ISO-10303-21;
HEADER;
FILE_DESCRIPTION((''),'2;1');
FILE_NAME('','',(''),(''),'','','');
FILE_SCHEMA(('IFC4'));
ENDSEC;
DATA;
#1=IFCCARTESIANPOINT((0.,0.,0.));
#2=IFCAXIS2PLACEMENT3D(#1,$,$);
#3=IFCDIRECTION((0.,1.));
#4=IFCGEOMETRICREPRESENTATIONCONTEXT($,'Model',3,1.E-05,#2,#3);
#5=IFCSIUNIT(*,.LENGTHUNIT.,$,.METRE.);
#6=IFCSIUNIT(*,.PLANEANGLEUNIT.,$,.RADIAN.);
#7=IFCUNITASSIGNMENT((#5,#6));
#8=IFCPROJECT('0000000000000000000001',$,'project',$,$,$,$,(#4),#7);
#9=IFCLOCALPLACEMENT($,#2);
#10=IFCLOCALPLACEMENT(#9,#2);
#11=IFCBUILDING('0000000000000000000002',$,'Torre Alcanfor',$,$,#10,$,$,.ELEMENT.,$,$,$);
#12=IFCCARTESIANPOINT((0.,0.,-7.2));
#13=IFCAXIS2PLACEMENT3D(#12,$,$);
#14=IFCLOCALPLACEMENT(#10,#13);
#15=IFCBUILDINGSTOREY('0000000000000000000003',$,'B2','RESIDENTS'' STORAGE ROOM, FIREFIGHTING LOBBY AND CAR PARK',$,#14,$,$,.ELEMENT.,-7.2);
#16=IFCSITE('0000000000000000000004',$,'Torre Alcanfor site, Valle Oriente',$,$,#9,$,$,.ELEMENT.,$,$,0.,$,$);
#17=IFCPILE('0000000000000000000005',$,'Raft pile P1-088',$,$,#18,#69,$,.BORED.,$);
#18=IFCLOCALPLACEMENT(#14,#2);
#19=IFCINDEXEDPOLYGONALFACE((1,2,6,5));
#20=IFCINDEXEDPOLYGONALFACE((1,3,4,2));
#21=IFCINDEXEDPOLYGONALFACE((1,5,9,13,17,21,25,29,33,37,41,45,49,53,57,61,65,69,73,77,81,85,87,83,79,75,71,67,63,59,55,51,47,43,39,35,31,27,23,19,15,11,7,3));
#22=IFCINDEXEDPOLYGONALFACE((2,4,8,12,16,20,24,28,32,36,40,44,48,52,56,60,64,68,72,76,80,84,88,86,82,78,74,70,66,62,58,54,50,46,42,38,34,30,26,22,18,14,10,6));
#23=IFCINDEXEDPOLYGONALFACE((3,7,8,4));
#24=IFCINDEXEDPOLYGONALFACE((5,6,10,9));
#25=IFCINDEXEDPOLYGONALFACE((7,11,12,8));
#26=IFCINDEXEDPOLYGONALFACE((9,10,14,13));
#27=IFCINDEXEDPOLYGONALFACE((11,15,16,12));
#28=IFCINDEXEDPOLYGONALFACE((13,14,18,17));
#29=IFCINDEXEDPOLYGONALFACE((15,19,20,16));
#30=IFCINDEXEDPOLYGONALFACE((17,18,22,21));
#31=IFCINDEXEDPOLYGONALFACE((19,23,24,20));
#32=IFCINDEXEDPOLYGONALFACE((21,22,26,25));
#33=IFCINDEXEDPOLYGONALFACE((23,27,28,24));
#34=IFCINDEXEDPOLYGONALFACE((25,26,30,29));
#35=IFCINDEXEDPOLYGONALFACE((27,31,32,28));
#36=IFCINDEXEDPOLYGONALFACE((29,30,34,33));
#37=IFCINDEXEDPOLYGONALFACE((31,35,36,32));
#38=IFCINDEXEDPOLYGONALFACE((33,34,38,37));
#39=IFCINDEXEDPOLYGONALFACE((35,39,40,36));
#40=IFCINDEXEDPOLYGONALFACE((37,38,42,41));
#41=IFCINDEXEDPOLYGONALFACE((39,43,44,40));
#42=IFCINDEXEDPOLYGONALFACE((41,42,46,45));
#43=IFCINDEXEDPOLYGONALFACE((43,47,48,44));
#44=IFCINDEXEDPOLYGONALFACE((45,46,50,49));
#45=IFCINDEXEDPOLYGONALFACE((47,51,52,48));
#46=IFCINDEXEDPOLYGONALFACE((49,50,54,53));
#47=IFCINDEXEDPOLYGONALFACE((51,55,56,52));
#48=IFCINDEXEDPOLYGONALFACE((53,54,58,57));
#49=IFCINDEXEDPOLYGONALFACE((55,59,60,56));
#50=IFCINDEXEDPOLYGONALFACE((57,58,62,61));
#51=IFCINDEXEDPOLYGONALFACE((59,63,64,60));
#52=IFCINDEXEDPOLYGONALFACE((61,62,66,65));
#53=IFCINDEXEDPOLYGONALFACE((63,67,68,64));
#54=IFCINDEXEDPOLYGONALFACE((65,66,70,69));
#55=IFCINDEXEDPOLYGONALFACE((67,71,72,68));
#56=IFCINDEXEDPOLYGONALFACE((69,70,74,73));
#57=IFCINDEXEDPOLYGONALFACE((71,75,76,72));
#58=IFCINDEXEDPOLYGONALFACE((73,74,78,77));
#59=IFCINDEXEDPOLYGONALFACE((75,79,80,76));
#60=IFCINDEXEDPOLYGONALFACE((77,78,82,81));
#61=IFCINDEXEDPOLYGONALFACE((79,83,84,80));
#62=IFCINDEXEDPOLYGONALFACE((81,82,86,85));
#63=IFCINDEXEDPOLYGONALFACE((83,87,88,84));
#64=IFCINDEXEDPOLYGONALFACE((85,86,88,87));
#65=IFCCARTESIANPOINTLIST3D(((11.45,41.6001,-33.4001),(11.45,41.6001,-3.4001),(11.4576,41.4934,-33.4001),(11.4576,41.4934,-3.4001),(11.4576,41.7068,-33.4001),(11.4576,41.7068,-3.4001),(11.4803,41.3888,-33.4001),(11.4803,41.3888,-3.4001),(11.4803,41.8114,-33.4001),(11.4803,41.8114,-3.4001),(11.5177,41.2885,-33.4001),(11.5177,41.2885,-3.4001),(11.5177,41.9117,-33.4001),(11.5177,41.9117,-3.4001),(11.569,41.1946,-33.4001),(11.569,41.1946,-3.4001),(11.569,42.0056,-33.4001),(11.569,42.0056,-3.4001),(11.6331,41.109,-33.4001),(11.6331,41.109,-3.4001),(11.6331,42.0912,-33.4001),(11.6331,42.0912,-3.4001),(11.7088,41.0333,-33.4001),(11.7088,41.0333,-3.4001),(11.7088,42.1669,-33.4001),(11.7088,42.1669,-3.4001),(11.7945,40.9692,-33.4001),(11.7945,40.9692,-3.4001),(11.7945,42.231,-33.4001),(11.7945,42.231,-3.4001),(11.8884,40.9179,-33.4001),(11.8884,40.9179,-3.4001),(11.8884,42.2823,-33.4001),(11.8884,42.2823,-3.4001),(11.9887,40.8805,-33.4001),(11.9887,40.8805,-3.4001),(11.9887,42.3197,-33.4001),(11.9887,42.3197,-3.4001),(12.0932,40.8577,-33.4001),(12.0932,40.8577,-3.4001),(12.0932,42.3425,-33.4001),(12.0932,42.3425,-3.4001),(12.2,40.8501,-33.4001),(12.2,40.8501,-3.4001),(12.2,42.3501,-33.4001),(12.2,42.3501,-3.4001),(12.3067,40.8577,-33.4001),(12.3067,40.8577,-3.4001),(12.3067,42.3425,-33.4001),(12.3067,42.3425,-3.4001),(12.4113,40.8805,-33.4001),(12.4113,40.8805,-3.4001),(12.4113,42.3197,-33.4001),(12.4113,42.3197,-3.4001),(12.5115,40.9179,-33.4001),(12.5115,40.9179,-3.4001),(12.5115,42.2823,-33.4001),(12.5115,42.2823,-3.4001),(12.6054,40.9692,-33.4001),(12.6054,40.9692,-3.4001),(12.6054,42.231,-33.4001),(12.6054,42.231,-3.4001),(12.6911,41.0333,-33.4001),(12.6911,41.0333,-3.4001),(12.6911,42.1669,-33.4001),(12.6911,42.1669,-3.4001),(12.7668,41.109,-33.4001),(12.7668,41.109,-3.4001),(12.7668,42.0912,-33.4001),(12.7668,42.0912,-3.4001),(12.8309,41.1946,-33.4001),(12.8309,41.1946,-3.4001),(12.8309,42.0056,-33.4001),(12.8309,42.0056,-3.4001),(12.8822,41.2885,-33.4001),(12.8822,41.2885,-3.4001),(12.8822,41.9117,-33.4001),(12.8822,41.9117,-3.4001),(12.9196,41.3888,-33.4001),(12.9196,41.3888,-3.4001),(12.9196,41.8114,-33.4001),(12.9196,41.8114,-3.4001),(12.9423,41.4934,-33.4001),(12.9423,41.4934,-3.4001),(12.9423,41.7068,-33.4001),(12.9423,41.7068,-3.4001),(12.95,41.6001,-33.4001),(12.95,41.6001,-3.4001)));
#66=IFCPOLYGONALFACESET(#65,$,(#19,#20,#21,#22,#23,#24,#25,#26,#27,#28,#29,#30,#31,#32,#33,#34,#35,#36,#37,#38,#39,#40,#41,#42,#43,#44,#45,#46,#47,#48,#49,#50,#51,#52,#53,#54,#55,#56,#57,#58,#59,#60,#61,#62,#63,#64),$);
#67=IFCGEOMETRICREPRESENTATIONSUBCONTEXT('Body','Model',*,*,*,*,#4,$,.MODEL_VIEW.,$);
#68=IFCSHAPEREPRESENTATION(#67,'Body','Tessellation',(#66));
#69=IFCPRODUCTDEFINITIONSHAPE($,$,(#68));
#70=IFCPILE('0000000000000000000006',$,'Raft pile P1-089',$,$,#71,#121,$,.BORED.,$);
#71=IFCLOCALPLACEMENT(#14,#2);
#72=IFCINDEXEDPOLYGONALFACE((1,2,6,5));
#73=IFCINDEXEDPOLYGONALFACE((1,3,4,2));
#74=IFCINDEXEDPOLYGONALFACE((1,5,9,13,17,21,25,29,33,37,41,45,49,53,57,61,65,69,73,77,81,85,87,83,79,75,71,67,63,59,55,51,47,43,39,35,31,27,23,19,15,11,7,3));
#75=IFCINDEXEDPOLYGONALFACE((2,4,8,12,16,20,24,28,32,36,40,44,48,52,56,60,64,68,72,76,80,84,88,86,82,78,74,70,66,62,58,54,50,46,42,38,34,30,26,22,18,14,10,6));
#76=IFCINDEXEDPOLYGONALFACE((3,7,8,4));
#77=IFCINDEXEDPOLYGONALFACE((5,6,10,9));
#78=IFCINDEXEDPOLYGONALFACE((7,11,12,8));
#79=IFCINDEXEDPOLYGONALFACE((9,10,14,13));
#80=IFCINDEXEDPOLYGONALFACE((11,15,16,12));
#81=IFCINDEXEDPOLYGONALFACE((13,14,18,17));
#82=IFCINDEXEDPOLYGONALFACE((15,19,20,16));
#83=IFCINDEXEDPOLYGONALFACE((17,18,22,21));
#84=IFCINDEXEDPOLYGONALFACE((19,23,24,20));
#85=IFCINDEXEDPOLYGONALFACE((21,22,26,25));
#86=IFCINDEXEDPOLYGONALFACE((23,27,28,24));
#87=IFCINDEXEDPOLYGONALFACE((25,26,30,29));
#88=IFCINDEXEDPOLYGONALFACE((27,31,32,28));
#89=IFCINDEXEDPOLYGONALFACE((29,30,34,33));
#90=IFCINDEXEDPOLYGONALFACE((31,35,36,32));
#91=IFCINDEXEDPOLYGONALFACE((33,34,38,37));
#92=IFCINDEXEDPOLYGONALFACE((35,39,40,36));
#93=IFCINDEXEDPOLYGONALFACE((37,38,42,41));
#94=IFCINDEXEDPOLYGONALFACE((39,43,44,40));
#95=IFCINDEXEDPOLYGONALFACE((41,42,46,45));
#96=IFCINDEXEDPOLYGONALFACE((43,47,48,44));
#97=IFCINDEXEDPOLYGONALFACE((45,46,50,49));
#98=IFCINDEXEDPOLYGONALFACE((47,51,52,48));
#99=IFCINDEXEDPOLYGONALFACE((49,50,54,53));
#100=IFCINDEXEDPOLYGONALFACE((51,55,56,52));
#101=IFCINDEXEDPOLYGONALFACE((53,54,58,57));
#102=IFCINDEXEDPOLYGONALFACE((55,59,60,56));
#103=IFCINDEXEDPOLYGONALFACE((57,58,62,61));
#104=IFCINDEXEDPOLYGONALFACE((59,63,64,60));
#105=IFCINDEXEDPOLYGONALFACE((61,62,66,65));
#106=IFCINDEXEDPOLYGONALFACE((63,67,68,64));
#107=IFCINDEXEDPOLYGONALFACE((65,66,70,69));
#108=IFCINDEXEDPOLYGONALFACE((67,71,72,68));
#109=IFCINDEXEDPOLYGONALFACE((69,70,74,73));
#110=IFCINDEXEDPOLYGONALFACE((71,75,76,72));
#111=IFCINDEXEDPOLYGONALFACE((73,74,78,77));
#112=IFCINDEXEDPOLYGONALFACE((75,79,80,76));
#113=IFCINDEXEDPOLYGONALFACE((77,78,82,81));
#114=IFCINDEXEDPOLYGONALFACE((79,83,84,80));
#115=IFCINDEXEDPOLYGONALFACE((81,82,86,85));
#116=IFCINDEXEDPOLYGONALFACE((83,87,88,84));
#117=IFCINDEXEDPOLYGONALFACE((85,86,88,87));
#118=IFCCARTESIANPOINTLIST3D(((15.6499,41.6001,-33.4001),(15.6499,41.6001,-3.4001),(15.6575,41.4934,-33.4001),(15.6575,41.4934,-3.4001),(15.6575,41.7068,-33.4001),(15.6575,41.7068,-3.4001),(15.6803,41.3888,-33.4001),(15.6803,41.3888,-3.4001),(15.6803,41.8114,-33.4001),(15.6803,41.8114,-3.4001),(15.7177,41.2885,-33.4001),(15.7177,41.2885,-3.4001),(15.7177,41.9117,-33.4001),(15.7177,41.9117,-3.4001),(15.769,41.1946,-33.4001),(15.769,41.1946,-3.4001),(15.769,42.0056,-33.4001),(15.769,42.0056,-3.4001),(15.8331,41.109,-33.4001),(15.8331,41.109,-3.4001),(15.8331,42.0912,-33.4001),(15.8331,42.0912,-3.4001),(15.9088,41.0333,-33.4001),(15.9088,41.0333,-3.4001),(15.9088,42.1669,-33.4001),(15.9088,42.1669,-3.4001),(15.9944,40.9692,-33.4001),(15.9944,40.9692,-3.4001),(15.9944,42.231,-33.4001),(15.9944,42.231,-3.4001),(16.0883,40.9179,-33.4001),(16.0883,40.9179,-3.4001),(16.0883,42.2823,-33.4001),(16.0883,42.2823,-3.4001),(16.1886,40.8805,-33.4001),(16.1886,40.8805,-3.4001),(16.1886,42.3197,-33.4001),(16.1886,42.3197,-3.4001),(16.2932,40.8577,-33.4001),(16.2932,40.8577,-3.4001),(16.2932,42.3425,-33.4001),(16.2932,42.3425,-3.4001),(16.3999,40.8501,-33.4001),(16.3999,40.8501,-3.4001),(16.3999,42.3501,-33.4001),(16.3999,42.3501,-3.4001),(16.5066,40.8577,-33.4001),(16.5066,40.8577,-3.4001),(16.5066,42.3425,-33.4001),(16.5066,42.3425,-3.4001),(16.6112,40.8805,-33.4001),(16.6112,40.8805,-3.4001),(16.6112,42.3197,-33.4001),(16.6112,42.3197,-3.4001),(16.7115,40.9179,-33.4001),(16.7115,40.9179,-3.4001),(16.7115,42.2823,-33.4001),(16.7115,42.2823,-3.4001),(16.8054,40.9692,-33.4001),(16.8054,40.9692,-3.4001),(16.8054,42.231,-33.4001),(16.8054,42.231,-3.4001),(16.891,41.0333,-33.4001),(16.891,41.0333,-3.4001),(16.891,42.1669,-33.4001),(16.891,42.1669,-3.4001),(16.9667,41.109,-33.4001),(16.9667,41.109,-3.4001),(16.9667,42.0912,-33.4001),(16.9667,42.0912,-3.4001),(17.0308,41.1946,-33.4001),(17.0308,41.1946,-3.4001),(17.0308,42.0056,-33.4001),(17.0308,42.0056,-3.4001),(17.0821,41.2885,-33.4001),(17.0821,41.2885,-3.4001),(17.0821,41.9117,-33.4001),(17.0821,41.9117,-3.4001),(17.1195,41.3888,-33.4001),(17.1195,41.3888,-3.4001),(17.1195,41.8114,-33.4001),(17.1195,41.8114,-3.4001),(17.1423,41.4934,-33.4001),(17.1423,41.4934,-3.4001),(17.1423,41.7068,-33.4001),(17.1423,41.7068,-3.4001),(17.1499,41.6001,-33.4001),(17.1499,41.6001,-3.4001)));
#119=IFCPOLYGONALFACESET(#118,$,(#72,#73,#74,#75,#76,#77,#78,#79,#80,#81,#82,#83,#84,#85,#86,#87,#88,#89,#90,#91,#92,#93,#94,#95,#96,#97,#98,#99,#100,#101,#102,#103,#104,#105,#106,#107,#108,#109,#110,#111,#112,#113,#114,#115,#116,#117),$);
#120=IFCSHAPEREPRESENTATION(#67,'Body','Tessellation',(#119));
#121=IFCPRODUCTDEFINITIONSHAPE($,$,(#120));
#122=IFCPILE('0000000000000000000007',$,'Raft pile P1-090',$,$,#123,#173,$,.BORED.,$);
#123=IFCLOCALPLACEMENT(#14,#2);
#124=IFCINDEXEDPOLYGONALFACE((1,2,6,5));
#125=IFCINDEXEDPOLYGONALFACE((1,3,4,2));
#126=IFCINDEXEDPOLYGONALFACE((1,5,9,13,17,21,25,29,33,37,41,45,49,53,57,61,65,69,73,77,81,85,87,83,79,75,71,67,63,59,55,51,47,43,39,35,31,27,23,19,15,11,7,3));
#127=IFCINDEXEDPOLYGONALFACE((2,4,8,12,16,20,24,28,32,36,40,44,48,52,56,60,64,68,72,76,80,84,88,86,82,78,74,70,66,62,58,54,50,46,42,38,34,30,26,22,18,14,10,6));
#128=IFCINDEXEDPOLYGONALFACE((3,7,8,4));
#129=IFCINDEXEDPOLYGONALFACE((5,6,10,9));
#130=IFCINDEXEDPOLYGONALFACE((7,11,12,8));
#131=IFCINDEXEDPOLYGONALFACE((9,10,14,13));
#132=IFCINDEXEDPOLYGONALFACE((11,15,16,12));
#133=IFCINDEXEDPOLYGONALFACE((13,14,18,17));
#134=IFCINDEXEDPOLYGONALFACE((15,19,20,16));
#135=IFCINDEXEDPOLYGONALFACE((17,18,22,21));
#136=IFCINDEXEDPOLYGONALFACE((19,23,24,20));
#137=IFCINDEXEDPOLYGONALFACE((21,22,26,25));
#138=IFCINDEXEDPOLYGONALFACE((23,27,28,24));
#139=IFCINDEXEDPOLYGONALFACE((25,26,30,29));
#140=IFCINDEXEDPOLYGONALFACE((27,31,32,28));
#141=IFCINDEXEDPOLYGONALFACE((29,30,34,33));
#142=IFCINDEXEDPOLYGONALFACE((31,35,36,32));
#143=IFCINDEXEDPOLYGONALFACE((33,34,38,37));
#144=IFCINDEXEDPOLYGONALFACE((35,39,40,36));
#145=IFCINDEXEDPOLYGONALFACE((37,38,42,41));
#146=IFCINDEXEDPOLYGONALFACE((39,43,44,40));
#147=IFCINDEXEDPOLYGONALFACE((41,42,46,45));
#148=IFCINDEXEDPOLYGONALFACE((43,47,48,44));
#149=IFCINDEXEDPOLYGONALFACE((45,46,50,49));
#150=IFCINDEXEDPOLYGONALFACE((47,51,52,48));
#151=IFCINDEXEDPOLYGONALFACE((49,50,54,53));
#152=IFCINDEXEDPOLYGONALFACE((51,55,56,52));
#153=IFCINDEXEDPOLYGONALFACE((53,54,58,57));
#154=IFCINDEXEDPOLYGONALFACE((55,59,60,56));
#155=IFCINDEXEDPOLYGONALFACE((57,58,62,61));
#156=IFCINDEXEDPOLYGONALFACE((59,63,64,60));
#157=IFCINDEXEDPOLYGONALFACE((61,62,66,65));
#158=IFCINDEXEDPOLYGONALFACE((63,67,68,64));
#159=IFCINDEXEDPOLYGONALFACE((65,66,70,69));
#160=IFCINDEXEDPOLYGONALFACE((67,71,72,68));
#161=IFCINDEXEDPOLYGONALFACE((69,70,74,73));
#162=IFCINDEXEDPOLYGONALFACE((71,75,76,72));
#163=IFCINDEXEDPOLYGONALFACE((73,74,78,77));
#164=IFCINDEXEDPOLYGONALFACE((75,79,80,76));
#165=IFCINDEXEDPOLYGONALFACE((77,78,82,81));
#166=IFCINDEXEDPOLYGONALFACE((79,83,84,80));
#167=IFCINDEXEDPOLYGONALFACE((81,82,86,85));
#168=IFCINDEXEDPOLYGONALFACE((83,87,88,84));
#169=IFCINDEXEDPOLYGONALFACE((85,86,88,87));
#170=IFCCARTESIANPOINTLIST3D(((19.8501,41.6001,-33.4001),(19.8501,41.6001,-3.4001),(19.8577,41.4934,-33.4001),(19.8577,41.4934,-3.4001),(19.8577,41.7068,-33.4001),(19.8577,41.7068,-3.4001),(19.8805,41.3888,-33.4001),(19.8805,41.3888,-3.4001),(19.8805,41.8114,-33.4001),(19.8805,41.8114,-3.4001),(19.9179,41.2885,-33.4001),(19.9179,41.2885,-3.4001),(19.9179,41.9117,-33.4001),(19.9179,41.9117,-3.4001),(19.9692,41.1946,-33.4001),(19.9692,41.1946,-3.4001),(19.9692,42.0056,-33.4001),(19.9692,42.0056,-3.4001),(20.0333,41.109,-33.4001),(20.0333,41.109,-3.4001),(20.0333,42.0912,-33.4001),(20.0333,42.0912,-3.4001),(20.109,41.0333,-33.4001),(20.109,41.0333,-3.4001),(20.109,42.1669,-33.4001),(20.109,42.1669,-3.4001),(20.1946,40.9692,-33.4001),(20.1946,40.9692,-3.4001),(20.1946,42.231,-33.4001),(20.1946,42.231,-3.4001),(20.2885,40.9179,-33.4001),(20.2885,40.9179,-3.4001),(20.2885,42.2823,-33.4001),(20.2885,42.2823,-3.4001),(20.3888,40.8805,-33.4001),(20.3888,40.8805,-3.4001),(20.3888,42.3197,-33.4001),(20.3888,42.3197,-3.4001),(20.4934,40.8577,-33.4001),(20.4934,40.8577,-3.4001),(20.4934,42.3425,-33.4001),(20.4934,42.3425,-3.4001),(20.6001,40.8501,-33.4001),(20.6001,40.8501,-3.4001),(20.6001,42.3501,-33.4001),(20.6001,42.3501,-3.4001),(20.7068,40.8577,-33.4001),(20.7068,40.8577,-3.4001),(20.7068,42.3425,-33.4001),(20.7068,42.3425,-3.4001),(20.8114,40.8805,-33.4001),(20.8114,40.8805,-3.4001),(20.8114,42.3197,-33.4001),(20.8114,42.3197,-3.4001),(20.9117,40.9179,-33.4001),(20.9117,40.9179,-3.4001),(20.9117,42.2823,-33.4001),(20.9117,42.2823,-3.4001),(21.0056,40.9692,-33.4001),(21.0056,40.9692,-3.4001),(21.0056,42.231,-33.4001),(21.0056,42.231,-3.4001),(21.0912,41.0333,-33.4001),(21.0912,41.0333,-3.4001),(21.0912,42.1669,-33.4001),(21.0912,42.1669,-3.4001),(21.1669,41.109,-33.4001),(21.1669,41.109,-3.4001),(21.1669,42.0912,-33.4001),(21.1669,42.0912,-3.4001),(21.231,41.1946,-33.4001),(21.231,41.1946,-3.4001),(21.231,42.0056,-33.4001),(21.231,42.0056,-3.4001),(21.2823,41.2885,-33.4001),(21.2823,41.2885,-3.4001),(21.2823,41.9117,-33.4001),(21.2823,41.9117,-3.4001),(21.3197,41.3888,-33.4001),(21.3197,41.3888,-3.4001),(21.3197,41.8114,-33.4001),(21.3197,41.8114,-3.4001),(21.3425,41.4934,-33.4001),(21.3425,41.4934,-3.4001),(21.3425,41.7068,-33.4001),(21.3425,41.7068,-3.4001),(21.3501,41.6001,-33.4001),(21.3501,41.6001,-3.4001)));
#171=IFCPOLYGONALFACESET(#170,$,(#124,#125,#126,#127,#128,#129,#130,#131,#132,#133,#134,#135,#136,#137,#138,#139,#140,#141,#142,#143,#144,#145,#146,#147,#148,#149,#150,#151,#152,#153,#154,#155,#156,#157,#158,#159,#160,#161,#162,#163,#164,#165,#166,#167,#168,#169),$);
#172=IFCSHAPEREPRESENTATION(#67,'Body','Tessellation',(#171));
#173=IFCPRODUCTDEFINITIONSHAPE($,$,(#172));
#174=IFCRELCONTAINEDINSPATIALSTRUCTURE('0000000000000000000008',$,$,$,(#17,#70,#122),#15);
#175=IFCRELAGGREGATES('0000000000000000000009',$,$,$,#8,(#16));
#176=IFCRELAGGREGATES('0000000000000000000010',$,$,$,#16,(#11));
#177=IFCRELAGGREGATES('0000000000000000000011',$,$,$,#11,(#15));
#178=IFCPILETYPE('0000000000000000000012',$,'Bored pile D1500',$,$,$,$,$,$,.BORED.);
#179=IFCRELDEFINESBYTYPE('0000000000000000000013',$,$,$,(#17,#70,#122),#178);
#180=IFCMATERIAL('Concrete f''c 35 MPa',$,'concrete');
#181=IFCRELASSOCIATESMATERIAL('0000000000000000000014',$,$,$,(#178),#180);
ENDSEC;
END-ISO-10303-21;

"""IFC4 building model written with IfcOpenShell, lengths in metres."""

from ifc_helpers import new_model, si_unit, direction, frame, origin, origin_2d, place, context, subcontext, project, spatial, circle, extrude, material, material_profile, profile_set, type_object, element, save


model = new_model("IFC4")

# Units and contexts
model_context = context("Model", 3, precision=1e-05, world=origin(), true_north=direction((0.0, 1.0)))
body_context = subcontext(model_context, "Body", "Model", "MODEL_VIEW")
ifc_project = project(units=[si_unit("LENGTHUNIT", "METRE"), si_unit("PLANEANGLEUNIT", "RADIAN")], contexts=[model_context])

# Site, building, storey
site_placement = place(None, origin())
site = spatial("IfcSite", under=ifc_project, at=site_placement, Name="Torre Alcanfor site, Valle Oriente", CompositionType="ELEMENT", RefElevation=0.0)
building_placement = place(site_placement, origin())
building = spatial("IfcBuilding", under=site, at=building_placement, Name="Torre Alcanfor", CompositionType="ELEMENT")
storey_placement = place(building_placement, frame((0.0, 0.0, -7.2)))
storey = spatial("IfcBuildingStorey", under=building, at=storey_placement, Name="B2", Description="RESIDENTS' STORAGE ROOM, FIREFIGHTING LOBBY AND CAR PARK", CompositionType="ELEMENT", Elevation=-7.2)

# Piles
ifc_material_1 = material(Name="Concrete f'c 35 MPa", Category="concrete")
ifc_material_profile_1 = material_profile(ifc_material_1, circle(Radius=0.75, at=origin_2d()), Name="D1500")
ifc_profile_set_1 = profile_set([ifc_material_profile_1], Name="Concrete f'c 35 MPa")
pile_type = type_object("IfcPileType", Name="Bored pile D1500", PredefinedType="BORED", material=ifc_profile_set_1)
for number, where, z_axis, x_axis, name in (
    (1, (12.2, 41.6001, -3.4001), (0.0, 0.0, -1.0), (1.0, 0.0, 0.0), "Raft pile P1-088"),
    (2, (16.3999, 41.6001, -3.4001), (0.0, 0.0, -1.0), (1.0, 0.0, 0.0), "Raft pile P1-089"),
    (3, (20.6001, 41.6001, -3.4001), (0.0, 0.0, -1.0), (1.0, 0.0, 0.0), "Raft pile P1-090"),
):
    element("IfcPile", number, at=place(storey_placement, frame(where, z_axis=z_axis, x_axis=x_axis)), inside=storey, type_object=pile_type, Name=name, PredefinedType="BORED", context=body_context, shape_type="SweptSolid", body=[
        extrude(circle(Radius=0.75, at=origin_2d()), origin(), (0.0, 0.0, 1.0), 30.0),
    ])

save(model, "model.ifc")
